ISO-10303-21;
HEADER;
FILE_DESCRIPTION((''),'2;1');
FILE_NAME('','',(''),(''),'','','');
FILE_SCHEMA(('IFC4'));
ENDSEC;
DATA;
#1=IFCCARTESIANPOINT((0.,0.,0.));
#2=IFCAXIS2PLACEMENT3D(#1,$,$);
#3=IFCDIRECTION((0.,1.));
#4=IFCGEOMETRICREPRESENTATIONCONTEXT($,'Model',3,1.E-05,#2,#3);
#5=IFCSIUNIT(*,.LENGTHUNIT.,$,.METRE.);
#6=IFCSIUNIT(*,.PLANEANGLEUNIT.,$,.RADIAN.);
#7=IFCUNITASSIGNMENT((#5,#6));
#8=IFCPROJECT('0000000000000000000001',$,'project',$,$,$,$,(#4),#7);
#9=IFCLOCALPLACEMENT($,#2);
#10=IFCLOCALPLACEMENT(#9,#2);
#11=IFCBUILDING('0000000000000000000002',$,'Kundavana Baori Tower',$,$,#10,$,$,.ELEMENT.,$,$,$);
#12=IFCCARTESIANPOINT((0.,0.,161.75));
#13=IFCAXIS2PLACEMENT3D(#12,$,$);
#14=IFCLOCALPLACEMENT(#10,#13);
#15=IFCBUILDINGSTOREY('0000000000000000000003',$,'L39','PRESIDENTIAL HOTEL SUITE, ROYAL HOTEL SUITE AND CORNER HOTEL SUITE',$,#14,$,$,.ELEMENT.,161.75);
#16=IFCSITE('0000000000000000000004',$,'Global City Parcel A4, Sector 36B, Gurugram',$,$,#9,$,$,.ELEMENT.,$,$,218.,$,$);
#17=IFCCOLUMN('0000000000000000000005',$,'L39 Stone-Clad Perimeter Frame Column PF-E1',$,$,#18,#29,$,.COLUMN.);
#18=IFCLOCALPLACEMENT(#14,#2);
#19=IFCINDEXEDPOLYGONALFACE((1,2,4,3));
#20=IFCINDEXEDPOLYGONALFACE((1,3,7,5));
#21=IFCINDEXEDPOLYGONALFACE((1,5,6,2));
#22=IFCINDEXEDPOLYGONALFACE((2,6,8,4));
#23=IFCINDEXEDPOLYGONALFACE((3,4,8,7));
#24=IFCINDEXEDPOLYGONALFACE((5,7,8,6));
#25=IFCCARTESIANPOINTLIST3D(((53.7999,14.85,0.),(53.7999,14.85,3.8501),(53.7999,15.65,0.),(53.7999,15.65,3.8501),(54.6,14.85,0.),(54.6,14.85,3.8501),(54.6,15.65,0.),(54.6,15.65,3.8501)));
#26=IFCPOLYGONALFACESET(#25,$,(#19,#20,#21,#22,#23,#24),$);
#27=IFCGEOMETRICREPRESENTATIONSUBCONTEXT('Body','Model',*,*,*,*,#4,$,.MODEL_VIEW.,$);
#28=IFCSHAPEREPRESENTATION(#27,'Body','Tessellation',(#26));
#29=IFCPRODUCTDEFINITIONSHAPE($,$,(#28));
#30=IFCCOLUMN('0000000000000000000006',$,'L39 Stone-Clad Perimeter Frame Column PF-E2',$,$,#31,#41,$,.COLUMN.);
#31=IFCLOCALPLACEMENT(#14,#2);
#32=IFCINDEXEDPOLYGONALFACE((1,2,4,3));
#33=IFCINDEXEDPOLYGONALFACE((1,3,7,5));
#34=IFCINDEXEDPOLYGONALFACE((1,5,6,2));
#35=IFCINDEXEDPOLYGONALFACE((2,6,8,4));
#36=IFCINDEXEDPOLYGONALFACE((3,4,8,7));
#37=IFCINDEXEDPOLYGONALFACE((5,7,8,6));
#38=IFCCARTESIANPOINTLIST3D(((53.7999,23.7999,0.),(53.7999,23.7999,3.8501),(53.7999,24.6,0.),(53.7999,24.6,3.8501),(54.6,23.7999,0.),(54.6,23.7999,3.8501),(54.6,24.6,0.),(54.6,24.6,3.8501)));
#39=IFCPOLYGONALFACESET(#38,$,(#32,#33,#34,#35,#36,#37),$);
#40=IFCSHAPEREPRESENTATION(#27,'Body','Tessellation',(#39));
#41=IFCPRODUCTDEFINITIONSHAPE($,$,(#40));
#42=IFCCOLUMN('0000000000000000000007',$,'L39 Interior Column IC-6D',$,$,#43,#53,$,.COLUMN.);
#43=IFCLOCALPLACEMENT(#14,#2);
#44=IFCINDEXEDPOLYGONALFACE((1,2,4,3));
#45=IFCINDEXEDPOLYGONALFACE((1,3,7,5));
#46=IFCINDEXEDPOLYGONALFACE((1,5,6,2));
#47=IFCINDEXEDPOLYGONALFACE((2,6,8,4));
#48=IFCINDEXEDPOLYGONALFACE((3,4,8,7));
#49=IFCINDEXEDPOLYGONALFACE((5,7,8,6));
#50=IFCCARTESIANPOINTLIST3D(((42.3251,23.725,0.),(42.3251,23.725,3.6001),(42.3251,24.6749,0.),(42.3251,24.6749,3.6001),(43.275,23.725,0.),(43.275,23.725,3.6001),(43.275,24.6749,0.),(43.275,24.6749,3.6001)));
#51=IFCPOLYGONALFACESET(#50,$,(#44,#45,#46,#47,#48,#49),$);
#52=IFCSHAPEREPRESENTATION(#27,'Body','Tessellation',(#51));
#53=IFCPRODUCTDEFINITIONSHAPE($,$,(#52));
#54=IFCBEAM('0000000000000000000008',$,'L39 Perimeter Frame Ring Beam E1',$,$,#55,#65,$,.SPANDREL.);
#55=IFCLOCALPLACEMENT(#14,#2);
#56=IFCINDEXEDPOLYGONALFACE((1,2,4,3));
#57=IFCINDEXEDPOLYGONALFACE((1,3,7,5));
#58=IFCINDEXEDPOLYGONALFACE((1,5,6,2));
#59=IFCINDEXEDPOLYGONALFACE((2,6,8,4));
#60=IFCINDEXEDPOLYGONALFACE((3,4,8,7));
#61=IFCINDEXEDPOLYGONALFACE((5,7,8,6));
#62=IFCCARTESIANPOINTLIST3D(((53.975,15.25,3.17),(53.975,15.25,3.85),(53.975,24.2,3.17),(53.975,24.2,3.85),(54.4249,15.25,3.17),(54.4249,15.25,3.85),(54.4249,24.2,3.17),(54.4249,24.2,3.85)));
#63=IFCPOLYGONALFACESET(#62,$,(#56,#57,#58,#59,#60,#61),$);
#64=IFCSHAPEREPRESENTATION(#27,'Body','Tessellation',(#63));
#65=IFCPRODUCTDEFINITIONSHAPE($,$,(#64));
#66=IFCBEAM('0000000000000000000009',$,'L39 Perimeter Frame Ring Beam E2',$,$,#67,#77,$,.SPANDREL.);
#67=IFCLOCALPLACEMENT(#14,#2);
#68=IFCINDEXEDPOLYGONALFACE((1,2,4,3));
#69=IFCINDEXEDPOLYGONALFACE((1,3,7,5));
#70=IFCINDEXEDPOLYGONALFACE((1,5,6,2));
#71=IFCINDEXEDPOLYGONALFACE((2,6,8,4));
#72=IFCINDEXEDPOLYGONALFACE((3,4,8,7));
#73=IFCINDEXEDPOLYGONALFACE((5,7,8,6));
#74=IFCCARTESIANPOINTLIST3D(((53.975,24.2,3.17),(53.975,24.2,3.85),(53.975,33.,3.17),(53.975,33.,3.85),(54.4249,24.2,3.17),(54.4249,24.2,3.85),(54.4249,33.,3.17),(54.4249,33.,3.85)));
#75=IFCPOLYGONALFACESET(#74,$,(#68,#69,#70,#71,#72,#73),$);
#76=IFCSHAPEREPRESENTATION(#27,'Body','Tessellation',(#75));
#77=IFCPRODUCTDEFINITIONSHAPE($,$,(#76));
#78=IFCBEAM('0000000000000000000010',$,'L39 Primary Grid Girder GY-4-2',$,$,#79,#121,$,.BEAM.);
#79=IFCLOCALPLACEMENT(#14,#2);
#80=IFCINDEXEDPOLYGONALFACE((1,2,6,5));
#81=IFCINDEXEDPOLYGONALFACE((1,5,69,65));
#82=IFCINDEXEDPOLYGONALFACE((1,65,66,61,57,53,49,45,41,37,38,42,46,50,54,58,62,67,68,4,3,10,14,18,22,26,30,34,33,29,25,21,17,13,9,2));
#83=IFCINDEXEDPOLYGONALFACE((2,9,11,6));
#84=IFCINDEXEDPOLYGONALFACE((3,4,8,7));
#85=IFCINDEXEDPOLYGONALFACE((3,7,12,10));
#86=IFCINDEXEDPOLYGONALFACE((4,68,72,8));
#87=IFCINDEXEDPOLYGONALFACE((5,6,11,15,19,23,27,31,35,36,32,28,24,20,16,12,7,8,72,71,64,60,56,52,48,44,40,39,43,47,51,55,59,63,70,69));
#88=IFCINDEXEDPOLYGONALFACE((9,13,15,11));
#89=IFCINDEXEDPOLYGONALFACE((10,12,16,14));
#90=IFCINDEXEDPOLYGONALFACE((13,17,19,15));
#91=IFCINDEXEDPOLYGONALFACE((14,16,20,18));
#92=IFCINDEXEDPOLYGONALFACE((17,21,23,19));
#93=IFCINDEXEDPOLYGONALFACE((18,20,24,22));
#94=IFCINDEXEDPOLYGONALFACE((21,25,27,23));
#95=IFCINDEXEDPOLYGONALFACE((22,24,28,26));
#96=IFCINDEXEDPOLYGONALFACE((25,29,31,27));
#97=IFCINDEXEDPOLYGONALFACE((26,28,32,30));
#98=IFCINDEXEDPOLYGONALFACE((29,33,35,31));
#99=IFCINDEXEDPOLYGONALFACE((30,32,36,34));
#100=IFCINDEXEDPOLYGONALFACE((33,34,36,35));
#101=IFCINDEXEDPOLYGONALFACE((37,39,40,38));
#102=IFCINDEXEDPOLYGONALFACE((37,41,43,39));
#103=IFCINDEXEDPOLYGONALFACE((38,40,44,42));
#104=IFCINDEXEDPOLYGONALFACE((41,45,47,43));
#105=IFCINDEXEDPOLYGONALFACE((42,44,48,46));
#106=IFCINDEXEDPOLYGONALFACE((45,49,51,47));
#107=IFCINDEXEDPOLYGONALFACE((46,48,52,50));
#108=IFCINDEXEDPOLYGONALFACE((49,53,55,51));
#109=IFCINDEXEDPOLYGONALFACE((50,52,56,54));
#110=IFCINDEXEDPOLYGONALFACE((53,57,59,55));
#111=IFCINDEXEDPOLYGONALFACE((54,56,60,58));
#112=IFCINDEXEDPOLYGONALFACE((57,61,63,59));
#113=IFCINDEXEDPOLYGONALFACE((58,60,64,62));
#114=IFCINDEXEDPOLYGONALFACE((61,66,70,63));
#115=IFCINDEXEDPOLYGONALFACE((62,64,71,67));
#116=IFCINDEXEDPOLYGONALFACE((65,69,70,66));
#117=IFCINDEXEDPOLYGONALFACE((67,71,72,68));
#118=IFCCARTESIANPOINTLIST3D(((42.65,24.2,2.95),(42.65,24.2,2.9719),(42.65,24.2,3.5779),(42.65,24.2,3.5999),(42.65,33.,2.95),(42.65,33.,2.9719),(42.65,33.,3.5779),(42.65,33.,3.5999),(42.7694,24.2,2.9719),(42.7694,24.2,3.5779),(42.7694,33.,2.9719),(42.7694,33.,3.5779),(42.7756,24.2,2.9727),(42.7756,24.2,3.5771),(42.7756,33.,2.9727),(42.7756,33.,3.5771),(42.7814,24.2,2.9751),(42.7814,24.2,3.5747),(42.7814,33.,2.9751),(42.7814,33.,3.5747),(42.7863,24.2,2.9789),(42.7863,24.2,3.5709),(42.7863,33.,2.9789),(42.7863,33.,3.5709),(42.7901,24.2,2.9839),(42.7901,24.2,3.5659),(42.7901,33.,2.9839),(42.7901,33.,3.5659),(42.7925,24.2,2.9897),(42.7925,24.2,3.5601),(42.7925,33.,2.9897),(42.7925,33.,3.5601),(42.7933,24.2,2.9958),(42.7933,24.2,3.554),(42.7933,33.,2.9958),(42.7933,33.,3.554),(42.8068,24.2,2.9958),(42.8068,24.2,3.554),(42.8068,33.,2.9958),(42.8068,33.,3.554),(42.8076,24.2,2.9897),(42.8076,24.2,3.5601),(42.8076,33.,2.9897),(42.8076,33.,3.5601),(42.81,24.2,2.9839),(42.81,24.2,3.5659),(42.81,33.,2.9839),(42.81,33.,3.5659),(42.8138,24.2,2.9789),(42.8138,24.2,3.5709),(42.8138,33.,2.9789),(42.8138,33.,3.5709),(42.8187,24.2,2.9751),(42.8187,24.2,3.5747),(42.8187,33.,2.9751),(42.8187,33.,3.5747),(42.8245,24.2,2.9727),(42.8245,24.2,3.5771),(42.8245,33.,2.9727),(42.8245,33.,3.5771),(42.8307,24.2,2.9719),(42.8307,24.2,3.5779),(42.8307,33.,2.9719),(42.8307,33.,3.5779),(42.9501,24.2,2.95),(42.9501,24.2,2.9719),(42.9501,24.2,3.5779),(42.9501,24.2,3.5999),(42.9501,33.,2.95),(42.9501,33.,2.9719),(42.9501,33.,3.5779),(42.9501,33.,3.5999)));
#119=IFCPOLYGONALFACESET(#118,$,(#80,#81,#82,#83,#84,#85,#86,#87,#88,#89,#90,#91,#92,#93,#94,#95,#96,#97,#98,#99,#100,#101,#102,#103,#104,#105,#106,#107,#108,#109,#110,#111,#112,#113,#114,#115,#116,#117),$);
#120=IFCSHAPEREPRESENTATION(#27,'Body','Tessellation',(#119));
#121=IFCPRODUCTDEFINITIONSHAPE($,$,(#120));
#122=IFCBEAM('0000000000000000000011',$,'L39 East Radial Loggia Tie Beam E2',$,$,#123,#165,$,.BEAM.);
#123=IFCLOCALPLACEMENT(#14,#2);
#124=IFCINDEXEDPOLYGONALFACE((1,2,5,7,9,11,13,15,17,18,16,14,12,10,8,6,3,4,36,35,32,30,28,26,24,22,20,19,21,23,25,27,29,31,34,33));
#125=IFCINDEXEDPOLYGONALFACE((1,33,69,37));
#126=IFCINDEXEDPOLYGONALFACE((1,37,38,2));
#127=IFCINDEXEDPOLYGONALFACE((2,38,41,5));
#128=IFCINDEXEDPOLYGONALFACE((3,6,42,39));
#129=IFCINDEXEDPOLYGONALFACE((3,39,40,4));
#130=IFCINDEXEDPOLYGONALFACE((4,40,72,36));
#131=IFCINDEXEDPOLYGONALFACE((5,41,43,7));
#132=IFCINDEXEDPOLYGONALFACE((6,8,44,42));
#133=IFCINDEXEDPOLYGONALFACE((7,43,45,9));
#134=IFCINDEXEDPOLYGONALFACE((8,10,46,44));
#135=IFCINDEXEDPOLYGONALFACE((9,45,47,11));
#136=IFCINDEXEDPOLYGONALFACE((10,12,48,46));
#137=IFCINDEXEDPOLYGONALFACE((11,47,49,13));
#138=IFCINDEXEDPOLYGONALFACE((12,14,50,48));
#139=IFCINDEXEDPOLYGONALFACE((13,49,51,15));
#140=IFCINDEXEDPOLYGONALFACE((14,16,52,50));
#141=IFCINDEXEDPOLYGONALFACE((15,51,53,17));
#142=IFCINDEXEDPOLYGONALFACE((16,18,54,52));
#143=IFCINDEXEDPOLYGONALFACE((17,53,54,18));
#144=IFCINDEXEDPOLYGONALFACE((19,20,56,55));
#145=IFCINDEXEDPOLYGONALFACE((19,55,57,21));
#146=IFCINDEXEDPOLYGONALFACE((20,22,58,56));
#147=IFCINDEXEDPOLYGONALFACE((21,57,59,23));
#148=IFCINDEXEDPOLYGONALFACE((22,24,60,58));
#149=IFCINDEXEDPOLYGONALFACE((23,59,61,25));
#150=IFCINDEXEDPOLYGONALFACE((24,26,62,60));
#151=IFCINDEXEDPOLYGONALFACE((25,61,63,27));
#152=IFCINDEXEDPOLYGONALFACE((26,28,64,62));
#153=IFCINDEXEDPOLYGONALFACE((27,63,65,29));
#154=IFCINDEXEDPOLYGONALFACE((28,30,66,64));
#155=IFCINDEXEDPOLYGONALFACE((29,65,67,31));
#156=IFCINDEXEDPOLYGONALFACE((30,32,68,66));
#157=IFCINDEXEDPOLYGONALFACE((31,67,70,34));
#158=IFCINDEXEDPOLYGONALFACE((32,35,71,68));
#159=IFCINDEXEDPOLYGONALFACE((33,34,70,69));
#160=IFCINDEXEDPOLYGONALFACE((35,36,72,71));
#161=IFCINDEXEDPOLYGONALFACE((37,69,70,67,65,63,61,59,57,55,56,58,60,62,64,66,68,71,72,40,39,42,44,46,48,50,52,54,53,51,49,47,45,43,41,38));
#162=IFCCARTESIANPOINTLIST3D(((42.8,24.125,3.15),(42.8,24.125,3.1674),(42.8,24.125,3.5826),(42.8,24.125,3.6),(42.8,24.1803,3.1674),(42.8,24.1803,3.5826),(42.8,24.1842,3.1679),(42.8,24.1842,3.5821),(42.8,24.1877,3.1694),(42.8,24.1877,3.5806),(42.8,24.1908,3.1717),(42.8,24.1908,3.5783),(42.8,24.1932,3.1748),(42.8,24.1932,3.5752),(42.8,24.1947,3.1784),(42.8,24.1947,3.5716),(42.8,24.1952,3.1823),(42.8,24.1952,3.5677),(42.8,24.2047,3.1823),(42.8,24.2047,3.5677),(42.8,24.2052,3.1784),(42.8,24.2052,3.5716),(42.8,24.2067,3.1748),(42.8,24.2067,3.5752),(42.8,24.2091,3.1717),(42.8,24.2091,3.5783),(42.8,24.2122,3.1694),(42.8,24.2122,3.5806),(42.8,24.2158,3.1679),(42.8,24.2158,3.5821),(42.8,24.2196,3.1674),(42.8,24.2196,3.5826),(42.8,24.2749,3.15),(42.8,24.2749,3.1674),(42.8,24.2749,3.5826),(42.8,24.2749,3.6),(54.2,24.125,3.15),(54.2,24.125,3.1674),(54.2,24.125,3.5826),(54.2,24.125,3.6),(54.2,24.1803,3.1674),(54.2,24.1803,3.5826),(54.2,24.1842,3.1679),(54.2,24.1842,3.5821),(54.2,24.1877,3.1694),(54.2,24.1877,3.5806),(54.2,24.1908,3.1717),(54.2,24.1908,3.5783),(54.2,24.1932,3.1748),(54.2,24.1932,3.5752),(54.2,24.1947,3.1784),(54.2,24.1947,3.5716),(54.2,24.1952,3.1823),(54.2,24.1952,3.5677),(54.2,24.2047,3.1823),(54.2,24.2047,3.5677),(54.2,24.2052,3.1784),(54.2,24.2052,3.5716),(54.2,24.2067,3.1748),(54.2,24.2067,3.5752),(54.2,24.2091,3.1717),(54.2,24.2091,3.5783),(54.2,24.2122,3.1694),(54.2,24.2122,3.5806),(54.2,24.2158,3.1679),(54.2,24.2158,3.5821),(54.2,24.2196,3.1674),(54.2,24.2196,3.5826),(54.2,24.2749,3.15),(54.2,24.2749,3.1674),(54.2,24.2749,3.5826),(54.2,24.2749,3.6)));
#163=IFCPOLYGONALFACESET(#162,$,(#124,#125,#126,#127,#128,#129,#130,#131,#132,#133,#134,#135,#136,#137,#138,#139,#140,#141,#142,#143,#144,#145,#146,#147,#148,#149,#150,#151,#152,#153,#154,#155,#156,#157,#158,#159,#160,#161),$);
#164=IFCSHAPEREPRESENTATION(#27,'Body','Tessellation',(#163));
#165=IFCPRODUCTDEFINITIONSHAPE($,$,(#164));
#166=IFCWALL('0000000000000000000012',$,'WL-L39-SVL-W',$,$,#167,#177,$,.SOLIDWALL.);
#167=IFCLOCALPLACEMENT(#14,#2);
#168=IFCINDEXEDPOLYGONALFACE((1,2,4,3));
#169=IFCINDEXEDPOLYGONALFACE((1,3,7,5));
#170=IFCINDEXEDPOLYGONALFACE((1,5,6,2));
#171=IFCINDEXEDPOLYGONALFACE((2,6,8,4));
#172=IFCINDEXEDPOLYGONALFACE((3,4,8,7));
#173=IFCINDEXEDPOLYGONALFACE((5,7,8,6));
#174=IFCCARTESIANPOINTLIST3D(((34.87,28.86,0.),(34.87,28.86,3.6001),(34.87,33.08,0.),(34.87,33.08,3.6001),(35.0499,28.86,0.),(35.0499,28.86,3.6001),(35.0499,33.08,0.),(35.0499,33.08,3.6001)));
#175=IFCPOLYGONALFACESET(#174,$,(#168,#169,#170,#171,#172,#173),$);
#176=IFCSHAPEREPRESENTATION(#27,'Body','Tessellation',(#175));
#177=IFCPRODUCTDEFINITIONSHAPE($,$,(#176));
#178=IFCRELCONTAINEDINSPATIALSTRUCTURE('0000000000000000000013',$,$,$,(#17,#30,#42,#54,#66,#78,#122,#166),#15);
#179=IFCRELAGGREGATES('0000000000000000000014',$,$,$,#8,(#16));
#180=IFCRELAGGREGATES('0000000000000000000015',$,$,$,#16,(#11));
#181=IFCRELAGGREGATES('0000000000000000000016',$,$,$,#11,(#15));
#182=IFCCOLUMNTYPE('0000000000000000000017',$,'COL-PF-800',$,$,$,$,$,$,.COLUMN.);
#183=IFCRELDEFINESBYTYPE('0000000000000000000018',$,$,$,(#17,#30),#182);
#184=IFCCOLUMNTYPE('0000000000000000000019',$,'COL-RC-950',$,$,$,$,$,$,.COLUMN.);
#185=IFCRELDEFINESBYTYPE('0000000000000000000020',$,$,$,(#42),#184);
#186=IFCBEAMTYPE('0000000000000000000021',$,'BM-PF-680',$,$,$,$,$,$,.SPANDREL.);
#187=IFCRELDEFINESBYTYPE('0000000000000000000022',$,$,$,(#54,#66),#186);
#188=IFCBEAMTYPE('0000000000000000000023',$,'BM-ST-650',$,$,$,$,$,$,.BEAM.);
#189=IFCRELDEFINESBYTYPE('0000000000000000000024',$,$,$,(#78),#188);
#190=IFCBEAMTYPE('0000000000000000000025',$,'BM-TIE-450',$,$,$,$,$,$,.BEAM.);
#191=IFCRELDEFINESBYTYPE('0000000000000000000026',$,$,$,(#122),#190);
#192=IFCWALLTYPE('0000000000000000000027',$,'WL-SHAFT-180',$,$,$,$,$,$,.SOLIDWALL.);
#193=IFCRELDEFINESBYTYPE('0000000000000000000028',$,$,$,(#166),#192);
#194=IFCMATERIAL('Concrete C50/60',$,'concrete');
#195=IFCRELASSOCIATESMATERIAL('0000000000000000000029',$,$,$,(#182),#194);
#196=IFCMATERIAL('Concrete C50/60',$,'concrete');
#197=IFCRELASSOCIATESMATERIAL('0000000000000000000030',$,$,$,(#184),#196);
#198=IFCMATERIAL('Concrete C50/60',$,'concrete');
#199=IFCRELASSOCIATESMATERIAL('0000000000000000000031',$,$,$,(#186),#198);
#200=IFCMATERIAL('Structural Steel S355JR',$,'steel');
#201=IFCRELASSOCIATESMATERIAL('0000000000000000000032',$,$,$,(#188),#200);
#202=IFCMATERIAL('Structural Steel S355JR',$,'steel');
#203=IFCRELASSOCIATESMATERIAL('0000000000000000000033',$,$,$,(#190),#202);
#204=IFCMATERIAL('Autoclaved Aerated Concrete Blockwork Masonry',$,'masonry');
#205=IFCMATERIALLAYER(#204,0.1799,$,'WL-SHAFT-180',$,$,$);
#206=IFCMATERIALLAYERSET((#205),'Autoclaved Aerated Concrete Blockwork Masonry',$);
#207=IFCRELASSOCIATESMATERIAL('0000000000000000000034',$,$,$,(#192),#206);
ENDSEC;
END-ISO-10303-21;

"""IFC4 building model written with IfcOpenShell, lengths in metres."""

from ifc_helpers import new_model, si_unit, direction, frame, frame_2d, origin, origin_2d, place, context, subcontext, project, spatial, rectangle, i_section, extrude, material, layer, layer_set, material_profile, profile_set, type_object, element, save


model = new_model("IFC4")

# Units and contexts
model_context = context("Model", 3, precision=1e-05, world=origin(), true_north=direction((0.0, 1.0)))
body_context = subcontext(model_context, "Body", "Model", "MODEL_VIEW")
ifc_project = project(units=[si_unit("LENGTHUNIT", "METRE"), si_unit("PLANEANGLEUNIT", "RADIAN")], contexts=[model_context])

# Site, building, storey
site_placement = place(None, origin())
site = spatial("IfcSite", under=ifc_project, at=site_placement, Name="Global City Parcel A4, Sector 36B, Gurugram", CompositionType="ELEMENT", RefElevation=218.0)
building_placement = place(site_placement, origin())
building = spatial("IfcBuilding", under=site, at=building_placement, Name="Kundavana Baori Tower", CompositionType="ELEMENT")
storey_placement = place(building_placement, frame((0.0, 0.0, 161.75)))
storey = spatial("IfcBuildingStorey", under=building, at=storey_placement, Name="L39", Description="PRESIDENTIAL HOTEL SUITE, ROYAL HOTEL SUITE AND CORNER HOTEL SUITE", CompositionType="ELEMENT", Elevation=161.75)

# Columns
ifc_material_1 = material(Name="Concrete C50/60", Category="concrete")
ifc_material_profile_1 = material_profile(ifc_material_1, rectangle(XDim=0.8, YDim=0.8, at=origin_2d()), Name="RC PF 800x800")
ifc_profile_set_1 = profile_set([ifc_material_profile_1], Name="Concrete C50/60")
column_type_1 = type_object("IfcColumnType", Name="COL-PF-800", PredefinedType="COLUMN", material=ifc_profile_set_1)
for number, where, z_axis, x_axis, name in (
    (1, (54.2, 15.25, 0.0), (0.0, 0.0, 1.0), (1.0, 0.0, 0.0), "L39 Stone-Clad Perimeter Frame Column PF-E1"),
    (2, (54.2, 24.2, 0.0), (0.0, 0.0, 1.0), (1.0, 0.0, 0.0), "L39 Stone-Clad Perimeter Frame Column PF-E2"),
):
    element("IfcColumn", number, at=place(storey_placement, frame(where, z_axis=z_axis, x_axis=x_axis)), inside=storey, type_object=column_type_1, Name=name, PredefinedType="COLUMN", context=body_context, shape_type="SweptSolid", body=[
        extrude(rectangle(XDim=0.8, YDim=0.8, at=origin_2d()), origin(), (0.0, 0.0, 1.0), 3.8501),
    ])
ifc_material_2 = material(Name="Concrete C50/60", Category="concrete")
ifc_material_profile_2 = material_profile(ifc_material_2, rectangle(XDim=0.95, YDim=0.95, at=origin_2d()), Name="RC 950x950")
ifc_profile_set_2 = profile_set([ifc_material_profile_2], Name="Concrete C50/60")
column_type_2 = type_object("IfcColumnType", Name="COL-RC-950", PredefinedType="COLUMN", material=ifc_profile_set_2)
column_placement = place(storey_placement, frame((42.8, 24.2, 0.0), z_axis=(0.0, 0.0, 1.0), x_axis=(1.0, 0.0, 0.0)))
element("IfcColumn", 3, at=column_placement, inside=storey, type_object=column_type_2, Name="L39 Interior Column IC-6D", PredefinedType="COLUMN", context=body_context, shape_type="SweptSolid", body=[
    extrude(rectangle(XDim=0.95, YDim=0.95, at=origin_2d()), origin(), (0.0, 0.0, 1.0), 3.6001),
])

# Beams
ifc_material_3 = material(Name="Concrete C50/60", Category="concrete")
ifc_material_profile_3 = material_profile(ifc_material_3, rectangle(XDim=0.45, YDim=0.6799, at=origin_2d()), Name="RC BM 450x680")
ifc_profile_set_3 = profile_set([ifc_material_profile_3], Name="Concrete C50/60")
beam_type_1 = type_object("IfcBeamType", Name="BM-PF-680", PredefinedType="SPANDREL", material=ifc_profile_set_3)
beam_1_placement = place(storey_placement, frame((54.2, 15.25, 3.51), z_axis=(0.0, 1.0, 0.0), x_axis=(-1.0, 0.0, 0.0)))
element("IfcBeam", 4, at=beam_1_placement, inside=storey, type_object=beam_type_1, Name="L39 Perimeter Frame Ring Beam E1", PredefinedType="SPANDREL", context=body_context, shape_type="SweptSolid", body=[
    extrude(rectangle(XDim=0.45, YDim=0.6799, at=origin_2d()), origin(), (0.0, 0.0, 1.0), 8.95),
])
beam_2_placement = place(storey_placement, frame((54.2, 24.2, 3.51), z_axis=(0.0, 1.0, 0.0), x_axis=(-1.0, 0.0, 0.0)))
element("IfcBeam", 5, at=beam_2_placement, inside=storey, type_object=beam_type_1, Name="L39 Perimeter Frame Ring Beam E2", PredefinedType="SPANDREL", context=body_context, shape_type="SweptSolid", body=[
    extrude(rectangle(XDim=0.45, YDim=0.6799, at=origin_2d()), origin(), (0.0, 0.0, 1.0), 8.8),
])
ifc_material_4 = material(Name="Structural Steel S355JR", Category="steel")
ifc_material_profile_4 = material_profile(ifc_material_4, i_section(OverallWidth=0.3, OverallDepth=0.6499, WebThickness=0.0134, FlangeThickness=0.022, FilletRadius=0.0239, at=origin_2d()), Name="NPB 650x300x155")
ifc_profile_set_4 = profile_set([ifc_material_profile_4], Name="Structural Steel S355JR")
beam_type_2 = type_object("IfcBeamType", Name="BM-ST-650", PredefinedType="BEAM", material=ifc_profile_set_4)
beam_3_placement = place(storey_placement, frame((42.8, 24.2, 3.2749), z_axis=(0.0, 1.0, 0.0), x_axis=(-1.0, 0.0, 0.0)))
element("IfcBeam", 6, at=beam_3_placement, inside=storey, type_object=beam_type_2, Name="L39 Primary Grid Girder GY-4-2", PredefinedType="BEAM", context=body_context, shape_type="SweptSolid", body=[
    extrude(i_section(OverallWidth=0.3, OverallDepth=0.6499, WebThickness=0.0134, FlangeThickness=0.022, FilletRadius=0.0239, at=origin_2d()), origin(), (0.0, 0.0, 1.0), 8.8),
])
ifc_material_5 = material(Name="Structural Steel S355JR", Category="steel")
ifc_material_profile_5 = material_profile(ifc_material_5, i_section(OverallWidth=0.1499, OverallDepth=0.45, WebThickness=0.0095, FlangeThickness=0.0173, FilletRadius=0.0149, at=origin_2d()), Name="ISMB 450")
ifc_profile_set_5 = profile_set([ifc_material_profile_5], Name="Structural Steel S355JR")
beam_type_3 = type_object("IfcBeamType", Name="BM-TIE-450", PredefinedType="BEAM", material=ifc_profile_set_5)
beam_4_placement = place(storey_placement, frame((42.8, 24.2, 3.375), z_axis=(1.0, 0.0, 0.0), x_axis=(0.0, 1.0, 0.0)))
element("IfcBeam", 7, at=beam_4_placement, inside=storey, type_object=beam_type_3, Name="L39 East Radial Loggia Tie Beam E2", PredefinedType="BEAM", context=body_context, shape_type="SweptSolid", body=[
    extrude(i_section(OverallWidth=0.1499, OverallDepth=0.45, WebThickness=0.0095, FlangeThickness=0.0173, FilletRadius=0.0149, at=origin_2d()), origin(), (0.0, 0.0, 1.0), 11.3999),
])

# Wall
ifc_material_6 = material(Name="Autoclaved Aerated Concrete Blockwork Masonry", Category="masonry")
ifc_layer_1 = layer(ifc_material_6, 0.1799, Name="WL-SHAFT-180")
ifc_layer_set_1 = layer_set([ifc_layer_1], Name="Autoclaved Aerated Concrete Blockwork Masonry")
wall_type_1 = type_object("IfcWallType", Name="WL-SHAFT-180", PredefinedType="SOLIDWALL", material=ifc_layer_set_1)
wall_1_placement = place(storey_placement, frame((34.96, 28.8601, 0.0), z_axis=(0.0, 0.0, 1.0), x_axis=(0.0, 1.0, 0.0)))
element("IfcWall", 8, at=wall_1_placement, inside=storey, type_object=wall_type_1, Name="WL-L39-SVL-W", PredefinedType="SOLIDWALL", context=body_context, shape_type="SweptSolid", body=[
    extrude(rectangle(XDim=4.22, YDim=0.1799, at=frame_2d((2.1099, 0.0))), origin(), (0.0, 0.0, 1.0), 3.6001),
])

save(model, "model.ifc")
